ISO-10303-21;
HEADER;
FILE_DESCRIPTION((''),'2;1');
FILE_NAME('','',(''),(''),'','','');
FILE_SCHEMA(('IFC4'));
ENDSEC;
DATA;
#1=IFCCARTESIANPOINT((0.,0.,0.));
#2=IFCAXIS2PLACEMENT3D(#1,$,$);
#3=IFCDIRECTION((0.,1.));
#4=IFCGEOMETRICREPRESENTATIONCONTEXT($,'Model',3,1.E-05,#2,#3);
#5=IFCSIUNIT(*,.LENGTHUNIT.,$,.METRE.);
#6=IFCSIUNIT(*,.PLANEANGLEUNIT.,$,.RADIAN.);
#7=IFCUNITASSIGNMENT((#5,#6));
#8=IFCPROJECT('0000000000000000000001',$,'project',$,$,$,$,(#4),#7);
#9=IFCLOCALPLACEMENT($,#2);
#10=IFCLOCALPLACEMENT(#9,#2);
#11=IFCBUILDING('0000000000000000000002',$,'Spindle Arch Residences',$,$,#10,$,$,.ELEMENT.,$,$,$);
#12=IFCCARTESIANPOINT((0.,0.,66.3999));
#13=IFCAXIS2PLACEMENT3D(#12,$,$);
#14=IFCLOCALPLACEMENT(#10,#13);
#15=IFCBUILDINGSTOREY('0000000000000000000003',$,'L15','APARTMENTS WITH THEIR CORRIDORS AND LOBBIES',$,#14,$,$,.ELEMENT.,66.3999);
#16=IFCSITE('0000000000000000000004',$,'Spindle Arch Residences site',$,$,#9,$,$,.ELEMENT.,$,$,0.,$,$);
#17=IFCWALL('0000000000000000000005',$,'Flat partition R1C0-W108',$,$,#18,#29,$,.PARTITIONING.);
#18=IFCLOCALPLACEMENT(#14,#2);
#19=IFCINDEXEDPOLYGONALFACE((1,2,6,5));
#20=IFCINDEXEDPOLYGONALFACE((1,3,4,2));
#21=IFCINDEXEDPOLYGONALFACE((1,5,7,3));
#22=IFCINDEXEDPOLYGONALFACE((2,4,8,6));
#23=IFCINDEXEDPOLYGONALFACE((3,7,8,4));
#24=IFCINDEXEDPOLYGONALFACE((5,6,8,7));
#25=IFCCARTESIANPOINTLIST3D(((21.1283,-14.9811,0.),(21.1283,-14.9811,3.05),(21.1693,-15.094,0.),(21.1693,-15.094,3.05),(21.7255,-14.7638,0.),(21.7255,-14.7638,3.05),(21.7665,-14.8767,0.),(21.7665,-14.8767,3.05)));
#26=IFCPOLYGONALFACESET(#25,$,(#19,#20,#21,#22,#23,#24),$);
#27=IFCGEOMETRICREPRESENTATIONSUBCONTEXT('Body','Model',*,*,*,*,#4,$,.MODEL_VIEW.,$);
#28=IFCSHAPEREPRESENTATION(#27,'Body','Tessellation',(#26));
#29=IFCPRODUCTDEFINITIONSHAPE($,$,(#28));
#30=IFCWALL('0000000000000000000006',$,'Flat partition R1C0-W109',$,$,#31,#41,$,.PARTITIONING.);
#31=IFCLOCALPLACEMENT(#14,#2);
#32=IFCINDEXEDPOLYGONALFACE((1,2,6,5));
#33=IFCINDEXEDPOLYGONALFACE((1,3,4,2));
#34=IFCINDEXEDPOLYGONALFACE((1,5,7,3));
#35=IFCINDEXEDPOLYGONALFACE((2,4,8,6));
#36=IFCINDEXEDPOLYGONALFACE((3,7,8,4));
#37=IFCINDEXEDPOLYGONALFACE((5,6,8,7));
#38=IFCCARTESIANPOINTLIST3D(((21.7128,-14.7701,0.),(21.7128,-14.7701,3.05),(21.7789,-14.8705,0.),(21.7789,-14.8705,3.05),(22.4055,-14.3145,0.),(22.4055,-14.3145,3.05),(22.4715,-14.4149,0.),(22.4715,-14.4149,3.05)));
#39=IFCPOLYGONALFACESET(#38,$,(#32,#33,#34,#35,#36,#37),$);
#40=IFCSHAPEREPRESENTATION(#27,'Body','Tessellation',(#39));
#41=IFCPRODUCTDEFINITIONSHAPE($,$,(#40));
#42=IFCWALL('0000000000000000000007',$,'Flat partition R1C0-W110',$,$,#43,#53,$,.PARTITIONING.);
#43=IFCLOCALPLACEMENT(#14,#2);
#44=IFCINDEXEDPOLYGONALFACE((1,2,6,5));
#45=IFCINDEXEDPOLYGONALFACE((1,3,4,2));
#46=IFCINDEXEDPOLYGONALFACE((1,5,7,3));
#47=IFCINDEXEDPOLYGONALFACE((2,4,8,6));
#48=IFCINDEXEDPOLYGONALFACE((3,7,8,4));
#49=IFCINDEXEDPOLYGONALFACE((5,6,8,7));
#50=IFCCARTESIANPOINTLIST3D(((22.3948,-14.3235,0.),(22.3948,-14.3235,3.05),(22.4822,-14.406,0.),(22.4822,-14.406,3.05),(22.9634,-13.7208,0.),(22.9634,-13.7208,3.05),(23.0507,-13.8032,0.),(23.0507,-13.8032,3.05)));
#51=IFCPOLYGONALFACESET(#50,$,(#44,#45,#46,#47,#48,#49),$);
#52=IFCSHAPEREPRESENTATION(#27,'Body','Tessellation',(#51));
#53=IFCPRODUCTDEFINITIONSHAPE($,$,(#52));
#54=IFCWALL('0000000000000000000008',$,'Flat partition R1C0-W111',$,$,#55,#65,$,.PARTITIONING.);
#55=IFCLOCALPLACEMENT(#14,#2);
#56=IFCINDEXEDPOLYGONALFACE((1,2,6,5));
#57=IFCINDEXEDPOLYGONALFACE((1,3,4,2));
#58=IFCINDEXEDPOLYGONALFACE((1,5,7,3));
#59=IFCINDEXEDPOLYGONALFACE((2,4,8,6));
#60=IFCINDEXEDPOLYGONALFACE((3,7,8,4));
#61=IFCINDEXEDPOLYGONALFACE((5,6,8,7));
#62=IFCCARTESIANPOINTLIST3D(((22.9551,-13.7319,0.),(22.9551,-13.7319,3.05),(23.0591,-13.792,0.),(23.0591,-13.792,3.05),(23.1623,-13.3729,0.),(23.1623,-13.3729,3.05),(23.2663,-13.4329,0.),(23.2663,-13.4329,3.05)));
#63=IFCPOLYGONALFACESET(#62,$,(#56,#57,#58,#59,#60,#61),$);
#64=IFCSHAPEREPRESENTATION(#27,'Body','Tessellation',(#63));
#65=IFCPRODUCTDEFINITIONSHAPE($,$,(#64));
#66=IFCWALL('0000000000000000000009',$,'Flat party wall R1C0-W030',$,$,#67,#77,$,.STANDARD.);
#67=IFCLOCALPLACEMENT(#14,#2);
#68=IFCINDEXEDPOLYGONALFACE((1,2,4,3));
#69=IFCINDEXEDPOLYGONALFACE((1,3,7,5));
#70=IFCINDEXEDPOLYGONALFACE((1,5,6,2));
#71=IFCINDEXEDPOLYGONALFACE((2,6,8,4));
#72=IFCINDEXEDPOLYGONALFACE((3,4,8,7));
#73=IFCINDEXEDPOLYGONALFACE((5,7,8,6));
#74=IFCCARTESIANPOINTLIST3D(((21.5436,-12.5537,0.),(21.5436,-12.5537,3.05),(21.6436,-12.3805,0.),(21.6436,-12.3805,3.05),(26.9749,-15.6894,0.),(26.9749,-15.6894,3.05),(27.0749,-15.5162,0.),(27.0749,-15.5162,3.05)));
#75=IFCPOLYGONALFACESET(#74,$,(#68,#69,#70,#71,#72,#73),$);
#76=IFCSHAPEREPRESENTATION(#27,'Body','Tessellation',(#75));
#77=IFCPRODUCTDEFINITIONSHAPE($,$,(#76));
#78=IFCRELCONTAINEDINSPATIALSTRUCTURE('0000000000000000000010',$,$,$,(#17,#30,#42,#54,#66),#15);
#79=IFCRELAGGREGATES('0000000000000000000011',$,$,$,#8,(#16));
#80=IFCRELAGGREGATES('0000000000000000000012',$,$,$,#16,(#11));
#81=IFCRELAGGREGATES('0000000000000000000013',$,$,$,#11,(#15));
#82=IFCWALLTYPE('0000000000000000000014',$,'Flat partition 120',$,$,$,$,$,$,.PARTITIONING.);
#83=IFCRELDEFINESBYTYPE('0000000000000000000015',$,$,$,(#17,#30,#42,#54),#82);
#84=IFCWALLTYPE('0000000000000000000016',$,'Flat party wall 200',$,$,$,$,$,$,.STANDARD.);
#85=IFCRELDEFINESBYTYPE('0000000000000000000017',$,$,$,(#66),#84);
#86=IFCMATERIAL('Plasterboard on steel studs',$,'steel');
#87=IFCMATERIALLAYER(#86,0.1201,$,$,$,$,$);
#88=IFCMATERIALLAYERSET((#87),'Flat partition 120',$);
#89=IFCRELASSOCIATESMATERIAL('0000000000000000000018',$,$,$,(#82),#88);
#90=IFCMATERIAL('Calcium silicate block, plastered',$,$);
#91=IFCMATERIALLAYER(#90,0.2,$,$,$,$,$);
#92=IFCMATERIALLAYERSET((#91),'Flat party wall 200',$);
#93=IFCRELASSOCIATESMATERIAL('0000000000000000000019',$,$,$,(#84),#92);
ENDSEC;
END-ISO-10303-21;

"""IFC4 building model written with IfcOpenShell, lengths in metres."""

from ifc_helpers import new_model, si_unit, direction, frame, frame_2d, origin, place, context, subcontext, project, spatial, rectangle, extrude, material, layer, layer_set, type_object, element, save


model = new_model("IFC4")

# Units and contexts
model_context = context("Model", 3, precision=1e-05, world=origin(), true_north=direction((0.0, 1.0)))
body_context = subcontext(model_context, "Body", "Model", "MODEL_VIEW")
ifc_project = project(units=[si_unit("LENGTHUNIT", "METRE"), si_unit("PLANEANGLEUNIT", "RADIAN")], contexts=[model_context])

# Site, building, storey
site_placement = place(None, origin())
site = spatial("IfcSite", under=ifc_project, at=site_placement, Name="Spindle Arch Residences site", CompositionType="ELEMENT", RefElevation=0.0)
building_placement = place(site_placement, origin())
building = spatial("IfcBuilding", under=site, at=building_placement, Name="Spindle Arch Residences", CompositionType="ELEMENT")
storey_placement = place(building_placement, frame((0.0, 0.0, 66.3999)))
storey = spatial("IfcBuildingStorey", under=building, at=storey_placement, Name="L15", Description="APARTMENTS WITH THEIR CORRIDORS AND LOBBIES", CompositionType="ELEMENT", Elevation=66.3999)

# Shared definitions
ifc_material_1 = material(Name="Plasterboard on steel studs", Category="steel")
ifc_layer_1 = layer(ifc_material_1, 0.1201)
ifc_layer_set_1 = layer_set([ifc_layer_1], Name="Flat partition 120")
wall_type_1 = type_object("IfcWallType", Name="Flat partition 120", PredefinedType="PARTITIONING", material=ifc_layer_set_1)

# Walls
wall_1_placement = place(storey_placement, frame((21.1487, -15.0376, 0.0), z_axis=(0.0, 0.0, 1.0), x_axis=(0.939726, 0.341928, 0.0)))
element("IfcWall", 1, at=wall_1_placement, inside=storey, type_object=wall_type_1, Name="Flat partition R1C0-W108", PredefinedType="PARTITIONING", context=body_context, shape_type="SweptSolid", body=[
    extrude(rectangle(XDim=0.6355, YDim=0.1201, at=frame_2d((0.3179, 0.0))), origin(), (0.0, 0.0, 1.0), 3.05),
])
wall_2_placement = place(storey_placement, frame((21.7458, -14.8203, 0.0), z_axis=(0.0, 0.0, 1.0), x_axis=(0.835478, 0.549525, 0.0)))
element("IfcWall", 2, at=wall_2_placement, inside=storey, type_object=wall_type_1, Name="Flat partition R1C0-W109", PredefinedType="PARTITIONING", context=body_context, shape_type="SweptSolid", body=[
    extrude(rectangle(XDim=0.8291, YDim=0.1201, at=frame_2d((0.4146, 0.0))), origin(), (0.0, 0.0, 1.0), 3.05),
])
wall_3_placement = place(storey_placement, frame((22.4385, -14.3647, 0.0), z_axis=(0.0, 0.0, 1.0), x_axis=(0.686182, 0.72743, 0.0)))
element("IfcWall", 3, at=wall_3_placement, inside=storey, type_object=wall_type_1, Name="Flat partition R1C0-W110", PredefinedType="PARTITIONING", context=body_context, shape_type="SweptSolid", body=[
    extrude(rectangle(XDim=0.8286, YDim=0.1201, at=frame_2d((0.4143, 0.0))), origin(), (0.0, 0.0, 1.0), 3.05),
])
wall_4_placement = place(storey_placement, frame((23.0071, -13.762, 0.0), z_axis=(0.0, 0.0, 1.0), x_axis=(0.499875, 0.866097, 0.0)))
element("IfcWall", 4, at=wall_4_placement, inside=storey, type_object=wall_type_1, Name="Flat partition R1C0-W111", PredefinedType="PARTITIONING", context=body_context, shape_type="SweptSolid", body=[
    extrude(rectangle(XDim=0.4146, YDim=0.1201, at=frame_2d((0.2073, 0.0))), origin(), (0.0, 0.0, 1.0), 3.05),
])
ifc_material_2 = material(Name="Calcium silicate block, plastered")
ifc_layer_2 = layer(ifc_material_2, 0.2)
ifc_layer_set_2 = layer_set([ifc_layer_2], Name="Flat party wall 200")
wall_type_2 = type_object("IfcWallType", Name="Flat party wall 200", PredefinedType="STANDARD", material=ifc_layer_set_2)
wall_5_placement = place(storey_placement, frame((27.0249, -15.6028, 0.0), z_axis=(0.0, 0.0, 1.0), x_axis=(-0.866031, 0.499991, 0.0)))
element("IfcWall", 5, at=wall_5_placement, inside=storey, type_object=wall_type_2, Name="Flat party wall R1C0-W030", PredefinedType="STANDARD", context=body_context, shape_type="SweptSolid", body=[
    extrude(rectangle(XDim=6.2715, YDim=0.2, at=frame_2d((3.1357, 0.0))), origin(), (0.0, 0.0, 1.0), 3.05),
])

save(model, "model.ifc")
